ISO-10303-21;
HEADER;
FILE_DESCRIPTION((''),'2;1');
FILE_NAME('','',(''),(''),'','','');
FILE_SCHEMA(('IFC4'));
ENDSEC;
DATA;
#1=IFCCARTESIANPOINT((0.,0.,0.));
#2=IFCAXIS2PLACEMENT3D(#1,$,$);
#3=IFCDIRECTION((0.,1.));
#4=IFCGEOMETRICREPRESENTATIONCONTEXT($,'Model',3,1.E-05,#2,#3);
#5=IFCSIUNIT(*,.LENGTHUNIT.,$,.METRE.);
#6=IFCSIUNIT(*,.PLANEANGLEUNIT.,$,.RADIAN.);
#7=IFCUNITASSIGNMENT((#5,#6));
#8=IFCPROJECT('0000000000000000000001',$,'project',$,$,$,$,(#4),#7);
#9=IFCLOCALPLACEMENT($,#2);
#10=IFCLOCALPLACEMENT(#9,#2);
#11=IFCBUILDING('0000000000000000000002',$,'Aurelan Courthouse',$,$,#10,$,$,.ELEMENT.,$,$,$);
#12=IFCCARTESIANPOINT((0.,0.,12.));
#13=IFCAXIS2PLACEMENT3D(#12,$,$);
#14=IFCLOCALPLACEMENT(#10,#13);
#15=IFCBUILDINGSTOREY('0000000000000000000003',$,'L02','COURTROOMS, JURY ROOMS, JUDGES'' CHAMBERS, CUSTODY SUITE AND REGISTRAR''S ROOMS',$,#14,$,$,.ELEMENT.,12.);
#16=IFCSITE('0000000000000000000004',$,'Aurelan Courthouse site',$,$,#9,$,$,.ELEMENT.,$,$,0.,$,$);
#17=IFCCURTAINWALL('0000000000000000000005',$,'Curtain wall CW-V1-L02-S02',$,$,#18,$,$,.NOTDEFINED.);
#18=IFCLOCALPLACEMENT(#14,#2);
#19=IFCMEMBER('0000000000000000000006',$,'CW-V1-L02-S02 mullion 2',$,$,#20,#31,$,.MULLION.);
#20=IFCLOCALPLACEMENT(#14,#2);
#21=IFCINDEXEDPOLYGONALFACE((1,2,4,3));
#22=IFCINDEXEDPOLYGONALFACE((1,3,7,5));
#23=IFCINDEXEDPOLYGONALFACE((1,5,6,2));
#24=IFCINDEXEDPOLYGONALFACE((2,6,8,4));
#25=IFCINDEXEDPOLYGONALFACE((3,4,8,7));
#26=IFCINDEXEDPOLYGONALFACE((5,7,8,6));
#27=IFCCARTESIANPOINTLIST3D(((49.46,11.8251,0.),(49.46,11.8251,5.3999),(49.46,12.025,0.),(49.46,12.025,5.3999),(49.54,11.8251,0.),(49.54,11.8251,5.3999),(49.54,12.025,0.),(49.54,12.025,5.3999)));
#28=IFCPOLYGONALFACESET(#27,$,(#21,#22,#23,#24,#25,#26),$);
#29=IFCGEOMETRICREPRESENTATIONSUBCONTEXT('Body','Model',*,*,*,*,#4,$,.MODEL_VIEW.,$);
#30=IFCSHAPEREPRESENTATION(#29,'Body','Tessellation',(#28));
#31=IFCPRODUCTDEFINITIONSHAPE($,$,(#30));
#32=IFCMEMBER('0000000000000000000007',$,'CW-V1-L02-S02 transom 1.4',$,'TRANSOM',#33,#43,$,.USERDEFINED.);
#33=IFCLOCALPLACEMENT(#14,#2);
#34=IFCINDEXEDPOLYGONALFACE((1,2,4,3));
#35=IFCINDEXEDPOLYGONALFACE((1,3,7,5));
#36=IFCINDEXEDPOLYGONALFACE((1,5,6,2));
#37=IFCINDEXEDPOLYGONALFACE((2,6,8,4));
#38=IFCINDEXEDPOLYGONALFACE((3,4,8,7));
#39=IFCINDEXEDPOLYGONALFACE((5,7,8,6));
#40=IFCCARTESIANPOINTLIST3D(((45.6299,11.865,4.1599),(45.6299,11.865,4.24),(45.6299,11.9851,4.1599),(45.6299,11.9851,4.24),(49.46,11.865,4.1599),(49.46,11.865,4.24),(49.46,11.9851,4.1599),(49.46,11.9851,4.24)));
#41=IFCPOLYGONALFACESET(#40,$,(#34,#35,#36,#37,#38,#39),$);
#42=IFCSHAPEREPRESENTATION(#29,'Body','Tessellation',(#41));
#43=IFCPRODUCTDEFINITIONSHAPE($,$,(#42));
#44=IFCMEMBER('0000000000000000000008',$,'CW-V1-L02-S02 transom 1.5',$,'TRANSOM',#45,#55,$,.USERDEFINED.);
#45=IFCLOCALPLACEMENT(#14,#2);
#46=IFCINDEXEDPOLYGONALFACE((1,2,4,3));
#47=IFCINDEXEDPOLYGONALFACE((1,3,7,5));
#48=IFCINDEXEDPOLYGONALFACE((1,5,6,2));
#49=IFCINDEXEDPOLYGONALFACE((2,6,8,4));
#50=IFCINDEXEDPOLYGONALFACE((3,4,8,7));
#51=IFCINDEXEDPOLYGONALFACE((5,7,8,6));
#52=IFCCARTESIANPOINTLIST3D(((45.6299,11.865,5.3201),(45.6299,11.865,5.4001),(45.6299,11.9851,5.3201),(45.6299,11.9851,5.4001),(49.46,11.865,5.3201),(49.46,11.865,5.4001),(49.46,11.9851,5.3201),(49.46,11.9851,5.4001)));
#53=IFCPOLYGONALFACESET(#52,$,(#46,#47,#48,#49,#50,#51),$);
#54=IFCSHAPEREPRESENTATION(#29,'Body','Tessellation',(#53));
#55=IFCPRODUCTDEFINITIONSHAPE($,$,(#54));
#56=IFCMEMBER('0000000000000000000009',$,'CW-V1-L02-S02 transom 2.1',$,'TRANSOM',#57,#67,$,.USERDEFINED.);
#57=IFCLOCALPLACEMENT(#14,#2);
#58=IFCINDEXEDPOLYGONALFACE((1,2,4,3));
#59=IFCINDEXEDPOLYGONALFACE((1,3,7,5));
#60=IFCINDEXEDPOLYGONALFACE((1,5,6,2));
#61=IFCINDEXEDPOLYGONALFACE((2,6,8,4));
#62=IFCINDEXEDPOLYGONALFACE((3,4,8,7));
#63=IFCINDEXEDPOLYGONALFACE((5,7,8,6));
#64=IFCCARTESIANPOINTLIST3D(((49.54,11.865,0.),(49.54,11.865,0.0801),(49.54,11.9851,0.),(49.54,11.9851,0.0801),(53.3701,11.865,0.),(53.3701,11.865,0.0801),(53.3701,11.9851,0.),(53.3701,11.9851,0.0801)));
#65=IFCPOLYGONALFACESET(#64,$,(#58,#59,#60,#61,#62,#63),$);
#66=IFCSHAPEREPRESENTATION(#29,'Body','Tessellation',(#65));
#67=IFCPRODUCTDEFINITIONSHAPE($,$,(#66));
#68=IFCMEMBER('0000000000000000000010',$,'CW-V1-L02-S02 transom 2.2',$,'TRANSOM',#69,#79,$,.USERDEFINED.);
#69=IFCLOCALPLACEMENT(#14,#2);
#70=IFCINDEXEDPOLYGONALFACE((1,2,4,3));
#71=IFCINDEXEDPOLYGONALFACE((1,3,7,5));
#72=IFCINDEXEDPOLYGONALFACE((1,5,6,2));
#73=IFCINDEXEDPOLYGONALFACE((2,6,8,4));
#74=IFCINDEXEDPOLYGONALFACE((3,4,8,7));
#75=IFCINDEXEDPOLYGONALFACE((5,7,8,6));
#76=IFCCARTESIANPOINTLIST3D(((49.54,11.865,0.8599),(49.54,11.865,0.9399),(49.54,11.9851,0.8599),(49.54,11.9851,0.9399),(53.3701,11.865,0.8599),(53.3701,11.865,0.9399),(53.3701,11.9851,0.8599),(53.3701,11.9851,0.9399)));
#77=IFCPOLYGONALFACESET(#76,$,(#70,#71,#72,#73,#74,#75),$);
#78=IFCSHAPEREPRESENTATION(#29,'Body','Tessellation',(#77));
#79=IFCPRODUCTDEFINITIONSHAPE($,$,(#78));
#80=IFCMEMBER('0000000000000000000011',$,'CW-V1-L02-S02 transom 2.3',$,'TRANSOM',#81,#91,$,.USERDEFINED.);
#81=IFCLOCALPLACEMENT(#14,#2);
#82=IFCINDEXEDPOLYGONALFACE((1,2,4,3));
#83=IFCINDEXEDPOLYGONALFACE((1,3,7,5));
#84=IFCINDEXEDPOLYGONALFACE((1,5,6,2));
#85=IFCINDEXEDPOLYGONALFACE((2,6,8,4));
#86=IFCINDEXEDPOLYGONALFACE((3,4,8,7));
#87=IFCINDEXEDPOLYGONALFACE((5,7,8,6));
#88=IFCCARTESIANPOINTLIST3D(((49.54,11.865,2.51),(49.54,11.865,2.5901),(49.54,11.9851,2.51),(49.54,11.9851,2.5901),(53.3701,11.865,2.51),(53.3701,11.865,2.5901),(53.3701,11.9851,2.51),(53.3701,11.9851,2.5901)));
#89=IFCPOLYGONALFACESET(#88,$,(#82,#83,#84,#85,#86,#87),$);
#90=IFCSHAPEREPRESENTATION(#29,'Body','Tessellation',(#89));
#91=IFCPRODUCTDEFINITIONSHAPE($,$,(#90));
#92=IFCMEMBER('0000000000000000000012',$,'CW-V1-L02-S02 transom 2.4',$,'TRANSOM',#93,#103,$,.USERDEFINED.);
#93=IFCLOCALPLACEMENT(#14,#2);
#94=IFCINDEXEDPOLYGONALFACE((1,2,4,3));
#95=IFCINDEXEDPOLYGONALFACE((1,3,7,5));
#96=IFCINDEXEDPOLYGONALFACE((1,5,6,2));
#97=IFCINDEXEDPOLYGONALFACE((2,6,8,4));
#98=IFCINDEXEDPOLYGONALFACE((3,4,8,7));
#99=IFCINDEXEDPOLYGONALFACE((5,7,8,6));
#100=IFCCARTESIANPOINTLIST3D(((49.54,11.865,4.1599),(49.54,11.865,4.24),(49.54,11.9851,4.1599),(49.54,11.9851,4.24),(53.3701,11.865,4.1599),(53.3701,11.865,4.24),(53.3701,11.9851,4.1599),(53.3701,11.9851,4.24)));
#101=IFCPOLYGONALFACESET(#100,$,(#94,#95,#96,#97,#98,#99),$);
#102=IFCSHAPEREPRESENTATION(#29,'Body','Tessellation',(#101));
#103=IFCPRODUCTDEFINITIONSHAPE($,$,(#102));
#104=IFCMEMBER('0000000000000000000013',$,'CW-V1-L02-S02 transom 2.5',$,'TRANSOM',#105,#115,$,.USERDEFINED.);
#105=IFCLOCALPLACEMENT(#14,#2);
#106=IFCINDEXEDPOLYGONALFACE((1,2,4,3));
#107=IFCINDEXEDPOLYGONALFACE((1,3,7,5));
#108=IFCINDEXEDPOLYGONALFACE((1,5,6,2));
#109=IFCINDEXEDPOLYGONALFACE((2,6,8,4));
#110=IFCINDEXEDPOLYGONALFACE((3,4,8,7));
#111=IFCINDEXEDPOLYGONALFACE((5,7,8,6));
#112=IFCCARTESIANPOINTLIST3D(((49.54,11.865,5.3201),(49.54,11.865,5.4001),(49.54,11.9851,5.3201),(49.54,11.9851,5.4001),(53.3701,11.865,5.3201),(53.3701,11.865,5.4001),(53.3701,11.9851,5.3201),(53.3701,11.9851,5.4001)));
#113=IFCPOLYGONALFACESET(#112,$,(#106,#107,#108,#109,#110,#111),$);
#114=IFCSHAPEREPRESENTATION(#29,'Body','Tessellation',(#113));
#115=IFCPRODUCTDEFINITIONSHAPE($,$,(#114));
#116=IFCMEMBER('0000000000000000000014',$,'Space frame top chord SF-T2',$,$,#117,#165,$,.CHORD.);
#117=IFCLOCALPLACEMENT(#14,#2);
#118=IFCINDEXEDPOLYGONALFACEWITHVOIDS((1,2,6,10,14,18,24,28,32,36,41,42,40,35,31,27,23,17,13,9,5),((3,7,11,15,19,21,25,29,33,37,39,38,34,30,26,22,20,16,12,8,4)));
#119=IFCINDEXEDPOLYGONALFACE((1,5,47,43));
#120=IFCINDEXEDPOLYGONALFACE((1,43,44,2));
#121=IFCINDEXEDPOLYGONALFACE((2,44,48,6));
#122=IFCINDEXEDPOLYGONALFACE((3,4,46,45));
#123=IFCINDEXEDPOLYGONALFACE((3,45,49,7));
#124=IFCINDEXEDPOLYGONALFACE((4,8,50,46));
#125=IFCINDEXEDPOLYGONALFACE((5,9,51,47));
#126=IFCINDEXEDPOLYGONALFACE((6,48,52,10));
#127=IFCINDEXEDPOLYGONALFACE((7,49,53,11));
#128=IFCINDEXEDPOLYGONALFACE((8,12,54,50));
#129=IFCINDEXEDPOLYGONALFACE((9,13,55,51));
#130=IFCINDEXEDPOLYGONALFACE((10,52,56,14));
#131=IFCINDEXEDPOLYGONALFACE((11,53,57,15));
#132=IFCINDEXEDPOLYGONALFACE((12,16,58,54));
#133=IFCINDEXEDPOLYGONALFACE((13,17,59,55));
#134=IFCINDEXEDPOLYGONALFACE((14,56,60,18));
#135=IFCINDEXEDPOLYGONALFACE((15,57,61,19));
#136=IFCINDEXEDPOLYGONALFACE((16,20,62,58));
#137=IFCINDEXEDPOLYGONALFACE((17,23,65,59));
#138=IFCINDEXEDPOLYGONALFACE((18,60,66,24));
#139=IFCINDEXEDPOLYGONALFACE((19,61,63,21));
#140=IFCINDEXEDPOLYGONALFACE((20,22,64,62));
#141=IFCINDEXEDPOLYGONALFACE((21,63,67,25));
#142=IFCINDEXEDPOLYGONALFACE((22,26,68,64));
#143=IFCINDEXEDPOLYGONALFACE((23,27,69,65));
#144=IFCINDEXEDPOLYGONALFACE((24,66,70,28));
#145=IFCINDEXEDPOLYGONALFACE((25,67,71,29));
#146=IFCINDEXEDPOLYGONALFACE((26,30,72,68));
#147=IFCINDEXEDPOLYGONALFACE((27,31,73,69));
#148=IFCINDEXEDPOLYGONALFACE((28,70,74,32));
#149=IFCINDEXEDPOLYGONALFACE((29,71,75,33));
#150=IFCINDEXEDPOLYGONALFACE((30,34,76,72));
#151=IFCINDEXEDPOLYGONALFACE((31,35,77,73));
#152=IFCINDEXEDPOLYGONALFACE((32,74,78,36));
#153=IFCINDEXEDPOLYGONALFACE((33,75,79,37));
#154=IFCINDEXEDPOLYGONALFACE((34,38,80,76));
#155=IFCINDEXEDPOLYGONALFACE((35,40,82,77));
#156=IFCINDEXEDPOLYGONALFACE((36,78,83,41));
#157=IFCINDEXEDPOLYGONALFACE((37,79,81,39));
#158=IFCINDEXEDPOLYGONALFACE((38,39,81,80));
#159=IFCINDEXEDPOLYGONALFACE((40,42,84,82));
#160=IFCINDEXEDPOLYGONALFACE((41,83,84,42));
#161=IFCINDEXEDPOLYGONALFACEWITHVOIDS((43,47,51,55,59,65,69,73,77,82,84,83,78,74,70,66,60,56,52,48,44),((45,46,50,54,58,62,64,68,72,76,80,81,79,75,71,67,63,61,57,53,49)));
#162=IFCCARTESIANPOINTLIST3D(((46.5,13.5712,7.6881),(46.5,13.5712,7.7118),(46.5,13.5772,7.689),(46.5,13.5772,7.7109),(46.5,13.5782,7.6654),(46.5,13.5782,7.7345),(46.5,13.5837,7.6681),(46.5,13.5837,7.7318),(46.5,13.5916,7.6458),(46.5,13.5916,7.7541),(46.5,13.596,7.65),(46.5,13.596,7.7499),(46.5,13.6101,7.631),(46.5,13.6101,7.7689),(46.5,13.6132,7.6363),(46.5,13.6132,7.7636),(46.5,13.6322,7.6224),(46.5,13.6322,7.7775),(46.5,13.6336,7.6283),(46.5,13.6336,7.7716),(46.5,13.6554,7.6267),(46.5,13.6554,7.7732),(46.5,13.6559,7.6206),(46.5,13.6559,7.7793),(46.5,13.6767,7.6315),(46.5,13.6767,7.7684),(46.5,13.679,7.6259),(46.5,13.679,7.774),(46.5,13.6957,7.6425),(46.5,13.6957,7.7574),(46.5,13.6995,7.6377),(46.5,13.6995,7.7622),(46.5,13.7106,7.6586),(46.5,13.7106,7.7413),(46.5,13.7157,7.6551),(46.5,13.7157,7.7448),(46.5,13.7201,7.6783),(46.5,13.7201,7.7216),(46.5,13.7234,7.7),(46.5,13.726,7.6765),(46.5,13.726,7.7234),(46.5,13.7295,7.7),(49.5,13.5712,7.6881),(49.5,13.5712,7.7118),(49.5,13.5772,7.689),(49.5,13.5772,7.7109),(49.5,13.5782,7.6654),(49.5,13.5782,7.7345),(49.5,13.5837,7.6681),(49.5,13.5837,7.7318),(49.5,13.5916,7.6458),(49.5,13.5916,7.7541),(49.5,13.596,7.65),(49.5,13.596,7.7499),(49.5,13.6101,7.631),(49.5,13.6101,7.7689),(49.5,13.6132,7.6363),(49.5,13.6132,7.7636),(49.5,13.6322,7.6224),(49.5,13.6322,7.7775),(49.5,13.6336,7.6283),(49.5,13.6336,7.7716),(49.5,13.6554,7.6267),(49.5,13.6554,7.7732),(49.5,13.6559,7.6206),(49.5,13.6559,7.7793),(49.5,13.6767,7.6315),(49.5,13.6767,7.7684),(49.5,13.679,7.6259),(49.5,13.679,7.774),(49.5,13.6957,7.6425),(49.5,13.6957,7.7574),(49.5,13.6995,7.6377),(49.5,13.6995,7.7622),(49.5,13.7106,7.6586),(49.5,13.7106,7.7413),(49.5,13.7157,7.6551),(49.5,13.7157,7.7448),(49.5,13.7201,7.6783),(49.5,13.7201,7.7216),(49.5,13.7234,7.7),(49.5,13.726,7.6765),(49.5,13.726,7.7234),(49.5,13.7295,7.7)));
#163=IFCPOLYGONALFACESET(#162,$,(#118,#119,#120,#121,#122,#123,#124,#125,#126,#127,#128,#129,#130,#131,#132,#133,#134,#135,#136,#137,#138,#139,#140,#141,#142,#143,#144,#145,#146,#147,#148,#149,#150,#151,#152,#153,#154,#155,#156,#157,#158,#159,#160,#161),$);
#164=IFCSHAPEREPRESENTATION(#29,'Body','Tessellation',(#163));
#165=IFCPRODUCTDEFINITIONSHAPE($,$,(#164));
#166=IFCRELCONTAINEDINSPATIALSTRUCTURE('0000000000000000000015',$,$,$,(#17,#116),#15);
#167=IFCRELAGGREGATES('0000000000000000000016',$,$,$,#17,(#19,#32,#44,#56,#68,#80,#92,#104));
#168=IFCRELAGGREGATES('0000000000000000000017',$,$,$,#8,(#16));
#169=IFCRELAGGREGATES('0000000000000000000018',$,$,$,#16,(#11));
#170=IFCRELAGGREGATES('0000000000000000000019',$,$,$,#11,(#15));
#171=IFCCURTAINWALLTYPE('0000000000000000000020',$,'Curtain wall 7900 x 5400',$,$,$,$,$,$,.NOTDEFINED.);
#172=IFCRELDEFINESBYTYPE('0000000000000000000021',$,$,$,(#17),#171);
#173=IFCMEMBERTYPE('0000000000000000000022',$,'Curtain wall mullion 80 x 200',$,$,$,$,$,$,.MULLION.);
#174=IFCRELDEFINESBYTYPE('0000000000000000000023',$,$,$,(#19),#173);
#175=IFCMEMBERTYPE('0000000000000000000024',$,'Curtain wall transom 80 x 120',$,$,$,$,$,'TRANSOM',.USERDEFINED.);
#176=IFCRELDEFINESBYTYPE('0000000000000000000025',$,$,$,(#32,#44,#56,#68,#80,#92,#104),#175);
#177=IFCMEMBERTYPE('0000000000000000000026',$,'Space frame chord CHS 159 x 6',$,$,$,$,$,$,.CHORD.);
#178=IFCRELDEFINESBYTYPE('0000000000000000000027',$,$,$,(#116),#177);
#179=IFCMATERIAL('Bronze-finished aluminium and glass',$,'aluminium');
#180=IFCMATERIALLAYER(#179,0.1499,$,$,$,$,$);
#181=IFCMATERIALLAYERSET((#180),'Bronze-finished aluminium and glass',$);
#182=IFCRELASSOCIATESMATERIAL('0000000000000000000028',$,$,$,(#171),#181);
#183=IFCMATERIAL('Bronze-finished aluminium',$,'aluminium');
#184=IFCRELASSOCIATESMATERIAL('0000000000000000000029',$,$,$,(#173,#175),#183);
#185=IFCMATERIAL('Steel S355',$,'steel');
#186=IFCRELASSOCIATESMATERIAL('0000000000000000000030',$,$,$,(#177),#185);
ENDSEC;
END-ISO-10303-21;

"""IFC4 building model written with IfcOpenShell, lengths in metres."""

from ifc_helpers import new_model, si_unit, direction, frame, origin, origin_2d, place, context, subcontext, project, spatial, rectangle, hollow_circle, extrude, material, layer, layer_set, material_profile, profile_set, type_object, element, aggregate, save


model = new_model("IFC4")

# Units and contexts
model_context = context("Model", 3, precision=1e-05, world=origin(), true_north=direction((0.0, 1.0)))
body_context = subcontext(model_context, "Body", "Model", "MODEL_VIEW")
ifc_project = project(units=[si_unit("LENGTHUNIT", "METRE"), si_unit("PLANEANGLEUNIT", "RADIAN")], contexts=[model_context])

# Site, building, storey
site_placement = place(None, origin())
site = spatial("IfcSite", under=ifc_project, at=site_placement, Name="Aurelan Courthouse site", CompositionType="ELEMENT", RefElevation=0.0)
building_placement = place(site_placement, origin())
building = spatial("IfcBuilding", under=site, at=building_placement, Name="Aurelan Courthouse", CompositionType="ELEMENT")
storey_placement = place(building_placement, frame((0.0, 0.0, 12.0)))
storey = spatial("IfcBuildingStorey", under=building, at=storey_placement, Name="L02", Description="COURTROOMS, JURY ROOMS, JUDGES' CHAMBERS, CUSTODY SUITE AND REGISTRAR'S ROOMS", CompositionType="ELEMENT", Elevation=12.0)

# Curtain wall, members
ifc_material_1 = material(Name="Bronze-finished aluminium and glass", Category="aluminium")
ifc_layer_1 = layer(ifc_material_1, 0.1499)
ifc_layer_set_1 = layer_set([ifc_layer_1], Name="Bronze-finished aluminium and glass")
curtain_wall_type = type_object("IfcCurtainWallType", Name="Curtain wall 7900 x 5400", PredefinedType="NOTDEFINED", material=ifc_layer_set_1)
curtain_wall_placement = place(storey_placement, origin())
curtain_wall = element("IfcCurtainWall", 1, at=curtain_wall_placement, inside=storey, type_object=curtain_wall_type, Name="Curtain wall CW-V1-L02-S02", PredefinedType="NOTDEFINED")
ifc_material_2 = material(Name="Bronze-finished aluminium", Category="aluminium")
ifc_material_profile_1 = material_profile(ifc_material_2, rectangle(XDim=0.2, YDim=0.0801, at=origin_2d()), Name="Bronze mullion 80 x 200")
ifc_profile_set_1 = profile_set([ifc_material_profile_1], Name="Bronze-finished aluminium")
member_type_1 = type_object("IfcMemberType", Name="Curtain wall mullion 80 x 200", PredefinedType="MULLION", material=ifc_profile_set_1)
member_1_placement = place(storey_placement, frame((49.5, 11.925, 0.0), z_axis=(0.0, 0.0, 1.0), x_axis=(0.0, 1.0, 0.0)))
member_1 = element("IfcMember", 2, at=member_1_placement, type_object=member_type_1, Name="CW-V1-L02-S02 mullion 2", PredefinedType="MULLION", context=body_context, shape_type="SweptSolid", body=[
    extrude(rectangle(XDim=0.2, YDim=0.0801, at=origin_2d()), origin(), (0.0, 0.0, 1.0), 5.3999),
])
ifc_material_profile_2 = material_profile(ifc_material_2, rectangle(XDim=0.1201, YDim=0.0801, at=origin_2d()), Name="Bronze transom 80 x 120")
ifc_profile_set_2 = profile_set([ifc_material_profile_2], Name="Bronze-finished aluminium")
member_type_2 = type_object("IfcMemberType", Name="Curtain wall transom 80 x 120", ElementType="TRANSOM", PredefinedType="USERDEFINED", material=ifc_profile_set_2)
member_2_placement = place(storey_placement, frame((45.6299, 11.925, 4.2), z_axis=(1.0, 0.0, 0.0), x_axis=(0.0, 1.0, 0.0)))
member_2 = element("IfcMember", 3, at=member_2_placement, type_object=member_type_2, Name="CW-V1-L02-S02 transom 1.4", ObjectType="TRANSOM", PredefinedType="USERDEFINED", context=body_context, shape_type="SweptSolid", body=[
    extrude(rectangle(XDim=0.1201, YDim=0.0801, at=origin_2d()), origin(), (0.0, 0.0, 1.0), 3.8301),
])
member_3_placement = place(storey_placement, frame((45.6299, 11.925, 5.3601), z_axis=(1.0, 0.0, 0.0), x_axis=(0.0, 1.0, 0.0)))
member_3 = element("IfcMember", 4, at=member_3_placement, type_object=member_type_2, Name="CW-V1-L02-S02 transom 1.5", ObjectType="TRANSOM", PredefinedType="USERDEFINED", context=body_context, shape_type="SweptSolid", body=[
    extrude(rectangle(XDim=0.1201, YDim=0.0801, at=origin_2d()), origin(), (0.0, 0.0, 1.0), 3.8301),
])
member_4_placement = place(storey_placement, frame((49.54, 11.925, 0.04), z_axis=(1.0, 0.0, 0.0), x_axis=(0.0, 1.0, 0.0)))
member_4 = element("IfcMember", 5, at=member_4_placement, type_object=member_type_2, Name="CW-V1-L02-S02 transom 2.1", ObjectType="TRANSOM", PredefinedType="USERDEFINED", context=body_context, shape_type="SweptSolid", body=[
    extrude(rectangle(XDim=0.1201, YDim=0.0801, at=origin_2d()), origin(), (0.0, 0.0, 1.0), 3.8301),
])
member_5_placement = place(storey_placement, frame((49.54, 11.925, 0.8999), z_axis=(1.0, 0.0, 0.0), x_axis=(0.0, 1.0, 0.0)))
member_5 = element("IfcMember", 6, at=member_5_placement, type_object=member_type_2, Name="CW-V1-L02-S02 transom 2.2", ObjectType="TRANSOM", PredefinedType="USERDEFINED", context=body_context, shape_type="SweptSolid", body=[
    extrude(rectangle(XDim=0.1201, YDim=0.0801, at=origin_2d()), origin(), (0.0, 0.0, 1.0), 3.8301),
])
member_6_placement = place(storey_placement, frame((49.54, 11.925, 2.55), z_axis=(1.0, 0.0, 0.0), x_axis=(0.0, 1.0, 0.0)))
member_6 = element("IfcMember", 7, at=member_6_placement, type_object=member_type_2, Name="CW-V1-L02-S02 transom 2.3", ObjectType="TRANSOM", PredefinedType="USERDEFINED", context=body_context, shape_type="SweptSolid", body=[
    extrude(rectangle(XDim=0.1201, YDim=0.0801, at=origin_2d()), origin(), (0.0, 0.0, 1.0), 3.8301),
])
member_7_placement = place(storey_placement, frame((49.54, 11.925, 4.2), z_axis=(1.0, 0.0, 0.0), x_axis=(0.0, 1.0, 0.0)))
member_7 = element("IfcMember", 8, at=member_7_placement, type_object=member_type_2, Name="CW-V1-L02-S02 transom 2.4", ObjectType="TRANSOM", PredefinedType="USERDEFINED", context=body_context, shape_type="SweptSolid", body=[
    extrude(rectangle(XDim=0.1201, YDim=0.0801, at=origin_2d()), origin(), (0.0, 0.0, 1.0), 3.8301),
])
member_8_placement = place(storey_placement, frame((49.54, 11.925, 5.3601), z_axis=(1.0, 0.0, 0.0), x_axis=(0.0, 1.0, 0.0)))
member_8 = element("IfcMember", 9, at=member_8_placement, type_object=member_type_2, Name="CW-V1-L02-S02 transom 2.5", ObjectType="TRANSOM", PredefinedType="USERDEFINED", context=body_context, shape_type="SweptSolid", body=[
    extrude(rectangle(XDim=0.1201, YDim=0.0801, at=origin_2d()), origin(), (0.0, 0.0, 1.0), 3.8301),
])

# Member
ifc_material_3 = material(Name="Steel S355", Category="steel")
ifc_material_profile_3 = material_profile(ifc_material_3, hollow_circle(Radius=0.0796, WallThickness=0.0061, at=origin_2d()), Name="CHS 159 x 6")
ifc_profile_set_3 = profile_set([ifc_material_profile_3], Name="Steel S355")
member_type_3 = type_object("IfcMemberType", Name="Space frame chord CHS 159 x 6", PredefinedType="CHORD", material=ifc_profile_set_3)
for number, where, z_axis, x_axis, name in (
    (10, (46.5, 13.6499, 7.7), (1.0, 0.0, 0.0), (0.0, 1.0, 0.0), "Space frame top chord SF-T2"),
):
    element("IfcMember", number, at=place(storey_placement, frame(where, z_axis=z_axis, x_axis=x_axis)), inside=storey, type_object=member_type_3, Name=name, PredefinedType="CHORD", context=body_context, shape_type="SweptSolid", body=[
        extrude(hollow_circle(Radius=0.0796, WallThickness=0.0061, at=origin_2d()), origin(), (0.0, 0.0, 1.0), 3.0),
    ])

aggregate(curtain_wall, [member_1, member_2, member_3, member_4, member_5, member_6, member_7, member_8])

save(model, "model.ifc")
